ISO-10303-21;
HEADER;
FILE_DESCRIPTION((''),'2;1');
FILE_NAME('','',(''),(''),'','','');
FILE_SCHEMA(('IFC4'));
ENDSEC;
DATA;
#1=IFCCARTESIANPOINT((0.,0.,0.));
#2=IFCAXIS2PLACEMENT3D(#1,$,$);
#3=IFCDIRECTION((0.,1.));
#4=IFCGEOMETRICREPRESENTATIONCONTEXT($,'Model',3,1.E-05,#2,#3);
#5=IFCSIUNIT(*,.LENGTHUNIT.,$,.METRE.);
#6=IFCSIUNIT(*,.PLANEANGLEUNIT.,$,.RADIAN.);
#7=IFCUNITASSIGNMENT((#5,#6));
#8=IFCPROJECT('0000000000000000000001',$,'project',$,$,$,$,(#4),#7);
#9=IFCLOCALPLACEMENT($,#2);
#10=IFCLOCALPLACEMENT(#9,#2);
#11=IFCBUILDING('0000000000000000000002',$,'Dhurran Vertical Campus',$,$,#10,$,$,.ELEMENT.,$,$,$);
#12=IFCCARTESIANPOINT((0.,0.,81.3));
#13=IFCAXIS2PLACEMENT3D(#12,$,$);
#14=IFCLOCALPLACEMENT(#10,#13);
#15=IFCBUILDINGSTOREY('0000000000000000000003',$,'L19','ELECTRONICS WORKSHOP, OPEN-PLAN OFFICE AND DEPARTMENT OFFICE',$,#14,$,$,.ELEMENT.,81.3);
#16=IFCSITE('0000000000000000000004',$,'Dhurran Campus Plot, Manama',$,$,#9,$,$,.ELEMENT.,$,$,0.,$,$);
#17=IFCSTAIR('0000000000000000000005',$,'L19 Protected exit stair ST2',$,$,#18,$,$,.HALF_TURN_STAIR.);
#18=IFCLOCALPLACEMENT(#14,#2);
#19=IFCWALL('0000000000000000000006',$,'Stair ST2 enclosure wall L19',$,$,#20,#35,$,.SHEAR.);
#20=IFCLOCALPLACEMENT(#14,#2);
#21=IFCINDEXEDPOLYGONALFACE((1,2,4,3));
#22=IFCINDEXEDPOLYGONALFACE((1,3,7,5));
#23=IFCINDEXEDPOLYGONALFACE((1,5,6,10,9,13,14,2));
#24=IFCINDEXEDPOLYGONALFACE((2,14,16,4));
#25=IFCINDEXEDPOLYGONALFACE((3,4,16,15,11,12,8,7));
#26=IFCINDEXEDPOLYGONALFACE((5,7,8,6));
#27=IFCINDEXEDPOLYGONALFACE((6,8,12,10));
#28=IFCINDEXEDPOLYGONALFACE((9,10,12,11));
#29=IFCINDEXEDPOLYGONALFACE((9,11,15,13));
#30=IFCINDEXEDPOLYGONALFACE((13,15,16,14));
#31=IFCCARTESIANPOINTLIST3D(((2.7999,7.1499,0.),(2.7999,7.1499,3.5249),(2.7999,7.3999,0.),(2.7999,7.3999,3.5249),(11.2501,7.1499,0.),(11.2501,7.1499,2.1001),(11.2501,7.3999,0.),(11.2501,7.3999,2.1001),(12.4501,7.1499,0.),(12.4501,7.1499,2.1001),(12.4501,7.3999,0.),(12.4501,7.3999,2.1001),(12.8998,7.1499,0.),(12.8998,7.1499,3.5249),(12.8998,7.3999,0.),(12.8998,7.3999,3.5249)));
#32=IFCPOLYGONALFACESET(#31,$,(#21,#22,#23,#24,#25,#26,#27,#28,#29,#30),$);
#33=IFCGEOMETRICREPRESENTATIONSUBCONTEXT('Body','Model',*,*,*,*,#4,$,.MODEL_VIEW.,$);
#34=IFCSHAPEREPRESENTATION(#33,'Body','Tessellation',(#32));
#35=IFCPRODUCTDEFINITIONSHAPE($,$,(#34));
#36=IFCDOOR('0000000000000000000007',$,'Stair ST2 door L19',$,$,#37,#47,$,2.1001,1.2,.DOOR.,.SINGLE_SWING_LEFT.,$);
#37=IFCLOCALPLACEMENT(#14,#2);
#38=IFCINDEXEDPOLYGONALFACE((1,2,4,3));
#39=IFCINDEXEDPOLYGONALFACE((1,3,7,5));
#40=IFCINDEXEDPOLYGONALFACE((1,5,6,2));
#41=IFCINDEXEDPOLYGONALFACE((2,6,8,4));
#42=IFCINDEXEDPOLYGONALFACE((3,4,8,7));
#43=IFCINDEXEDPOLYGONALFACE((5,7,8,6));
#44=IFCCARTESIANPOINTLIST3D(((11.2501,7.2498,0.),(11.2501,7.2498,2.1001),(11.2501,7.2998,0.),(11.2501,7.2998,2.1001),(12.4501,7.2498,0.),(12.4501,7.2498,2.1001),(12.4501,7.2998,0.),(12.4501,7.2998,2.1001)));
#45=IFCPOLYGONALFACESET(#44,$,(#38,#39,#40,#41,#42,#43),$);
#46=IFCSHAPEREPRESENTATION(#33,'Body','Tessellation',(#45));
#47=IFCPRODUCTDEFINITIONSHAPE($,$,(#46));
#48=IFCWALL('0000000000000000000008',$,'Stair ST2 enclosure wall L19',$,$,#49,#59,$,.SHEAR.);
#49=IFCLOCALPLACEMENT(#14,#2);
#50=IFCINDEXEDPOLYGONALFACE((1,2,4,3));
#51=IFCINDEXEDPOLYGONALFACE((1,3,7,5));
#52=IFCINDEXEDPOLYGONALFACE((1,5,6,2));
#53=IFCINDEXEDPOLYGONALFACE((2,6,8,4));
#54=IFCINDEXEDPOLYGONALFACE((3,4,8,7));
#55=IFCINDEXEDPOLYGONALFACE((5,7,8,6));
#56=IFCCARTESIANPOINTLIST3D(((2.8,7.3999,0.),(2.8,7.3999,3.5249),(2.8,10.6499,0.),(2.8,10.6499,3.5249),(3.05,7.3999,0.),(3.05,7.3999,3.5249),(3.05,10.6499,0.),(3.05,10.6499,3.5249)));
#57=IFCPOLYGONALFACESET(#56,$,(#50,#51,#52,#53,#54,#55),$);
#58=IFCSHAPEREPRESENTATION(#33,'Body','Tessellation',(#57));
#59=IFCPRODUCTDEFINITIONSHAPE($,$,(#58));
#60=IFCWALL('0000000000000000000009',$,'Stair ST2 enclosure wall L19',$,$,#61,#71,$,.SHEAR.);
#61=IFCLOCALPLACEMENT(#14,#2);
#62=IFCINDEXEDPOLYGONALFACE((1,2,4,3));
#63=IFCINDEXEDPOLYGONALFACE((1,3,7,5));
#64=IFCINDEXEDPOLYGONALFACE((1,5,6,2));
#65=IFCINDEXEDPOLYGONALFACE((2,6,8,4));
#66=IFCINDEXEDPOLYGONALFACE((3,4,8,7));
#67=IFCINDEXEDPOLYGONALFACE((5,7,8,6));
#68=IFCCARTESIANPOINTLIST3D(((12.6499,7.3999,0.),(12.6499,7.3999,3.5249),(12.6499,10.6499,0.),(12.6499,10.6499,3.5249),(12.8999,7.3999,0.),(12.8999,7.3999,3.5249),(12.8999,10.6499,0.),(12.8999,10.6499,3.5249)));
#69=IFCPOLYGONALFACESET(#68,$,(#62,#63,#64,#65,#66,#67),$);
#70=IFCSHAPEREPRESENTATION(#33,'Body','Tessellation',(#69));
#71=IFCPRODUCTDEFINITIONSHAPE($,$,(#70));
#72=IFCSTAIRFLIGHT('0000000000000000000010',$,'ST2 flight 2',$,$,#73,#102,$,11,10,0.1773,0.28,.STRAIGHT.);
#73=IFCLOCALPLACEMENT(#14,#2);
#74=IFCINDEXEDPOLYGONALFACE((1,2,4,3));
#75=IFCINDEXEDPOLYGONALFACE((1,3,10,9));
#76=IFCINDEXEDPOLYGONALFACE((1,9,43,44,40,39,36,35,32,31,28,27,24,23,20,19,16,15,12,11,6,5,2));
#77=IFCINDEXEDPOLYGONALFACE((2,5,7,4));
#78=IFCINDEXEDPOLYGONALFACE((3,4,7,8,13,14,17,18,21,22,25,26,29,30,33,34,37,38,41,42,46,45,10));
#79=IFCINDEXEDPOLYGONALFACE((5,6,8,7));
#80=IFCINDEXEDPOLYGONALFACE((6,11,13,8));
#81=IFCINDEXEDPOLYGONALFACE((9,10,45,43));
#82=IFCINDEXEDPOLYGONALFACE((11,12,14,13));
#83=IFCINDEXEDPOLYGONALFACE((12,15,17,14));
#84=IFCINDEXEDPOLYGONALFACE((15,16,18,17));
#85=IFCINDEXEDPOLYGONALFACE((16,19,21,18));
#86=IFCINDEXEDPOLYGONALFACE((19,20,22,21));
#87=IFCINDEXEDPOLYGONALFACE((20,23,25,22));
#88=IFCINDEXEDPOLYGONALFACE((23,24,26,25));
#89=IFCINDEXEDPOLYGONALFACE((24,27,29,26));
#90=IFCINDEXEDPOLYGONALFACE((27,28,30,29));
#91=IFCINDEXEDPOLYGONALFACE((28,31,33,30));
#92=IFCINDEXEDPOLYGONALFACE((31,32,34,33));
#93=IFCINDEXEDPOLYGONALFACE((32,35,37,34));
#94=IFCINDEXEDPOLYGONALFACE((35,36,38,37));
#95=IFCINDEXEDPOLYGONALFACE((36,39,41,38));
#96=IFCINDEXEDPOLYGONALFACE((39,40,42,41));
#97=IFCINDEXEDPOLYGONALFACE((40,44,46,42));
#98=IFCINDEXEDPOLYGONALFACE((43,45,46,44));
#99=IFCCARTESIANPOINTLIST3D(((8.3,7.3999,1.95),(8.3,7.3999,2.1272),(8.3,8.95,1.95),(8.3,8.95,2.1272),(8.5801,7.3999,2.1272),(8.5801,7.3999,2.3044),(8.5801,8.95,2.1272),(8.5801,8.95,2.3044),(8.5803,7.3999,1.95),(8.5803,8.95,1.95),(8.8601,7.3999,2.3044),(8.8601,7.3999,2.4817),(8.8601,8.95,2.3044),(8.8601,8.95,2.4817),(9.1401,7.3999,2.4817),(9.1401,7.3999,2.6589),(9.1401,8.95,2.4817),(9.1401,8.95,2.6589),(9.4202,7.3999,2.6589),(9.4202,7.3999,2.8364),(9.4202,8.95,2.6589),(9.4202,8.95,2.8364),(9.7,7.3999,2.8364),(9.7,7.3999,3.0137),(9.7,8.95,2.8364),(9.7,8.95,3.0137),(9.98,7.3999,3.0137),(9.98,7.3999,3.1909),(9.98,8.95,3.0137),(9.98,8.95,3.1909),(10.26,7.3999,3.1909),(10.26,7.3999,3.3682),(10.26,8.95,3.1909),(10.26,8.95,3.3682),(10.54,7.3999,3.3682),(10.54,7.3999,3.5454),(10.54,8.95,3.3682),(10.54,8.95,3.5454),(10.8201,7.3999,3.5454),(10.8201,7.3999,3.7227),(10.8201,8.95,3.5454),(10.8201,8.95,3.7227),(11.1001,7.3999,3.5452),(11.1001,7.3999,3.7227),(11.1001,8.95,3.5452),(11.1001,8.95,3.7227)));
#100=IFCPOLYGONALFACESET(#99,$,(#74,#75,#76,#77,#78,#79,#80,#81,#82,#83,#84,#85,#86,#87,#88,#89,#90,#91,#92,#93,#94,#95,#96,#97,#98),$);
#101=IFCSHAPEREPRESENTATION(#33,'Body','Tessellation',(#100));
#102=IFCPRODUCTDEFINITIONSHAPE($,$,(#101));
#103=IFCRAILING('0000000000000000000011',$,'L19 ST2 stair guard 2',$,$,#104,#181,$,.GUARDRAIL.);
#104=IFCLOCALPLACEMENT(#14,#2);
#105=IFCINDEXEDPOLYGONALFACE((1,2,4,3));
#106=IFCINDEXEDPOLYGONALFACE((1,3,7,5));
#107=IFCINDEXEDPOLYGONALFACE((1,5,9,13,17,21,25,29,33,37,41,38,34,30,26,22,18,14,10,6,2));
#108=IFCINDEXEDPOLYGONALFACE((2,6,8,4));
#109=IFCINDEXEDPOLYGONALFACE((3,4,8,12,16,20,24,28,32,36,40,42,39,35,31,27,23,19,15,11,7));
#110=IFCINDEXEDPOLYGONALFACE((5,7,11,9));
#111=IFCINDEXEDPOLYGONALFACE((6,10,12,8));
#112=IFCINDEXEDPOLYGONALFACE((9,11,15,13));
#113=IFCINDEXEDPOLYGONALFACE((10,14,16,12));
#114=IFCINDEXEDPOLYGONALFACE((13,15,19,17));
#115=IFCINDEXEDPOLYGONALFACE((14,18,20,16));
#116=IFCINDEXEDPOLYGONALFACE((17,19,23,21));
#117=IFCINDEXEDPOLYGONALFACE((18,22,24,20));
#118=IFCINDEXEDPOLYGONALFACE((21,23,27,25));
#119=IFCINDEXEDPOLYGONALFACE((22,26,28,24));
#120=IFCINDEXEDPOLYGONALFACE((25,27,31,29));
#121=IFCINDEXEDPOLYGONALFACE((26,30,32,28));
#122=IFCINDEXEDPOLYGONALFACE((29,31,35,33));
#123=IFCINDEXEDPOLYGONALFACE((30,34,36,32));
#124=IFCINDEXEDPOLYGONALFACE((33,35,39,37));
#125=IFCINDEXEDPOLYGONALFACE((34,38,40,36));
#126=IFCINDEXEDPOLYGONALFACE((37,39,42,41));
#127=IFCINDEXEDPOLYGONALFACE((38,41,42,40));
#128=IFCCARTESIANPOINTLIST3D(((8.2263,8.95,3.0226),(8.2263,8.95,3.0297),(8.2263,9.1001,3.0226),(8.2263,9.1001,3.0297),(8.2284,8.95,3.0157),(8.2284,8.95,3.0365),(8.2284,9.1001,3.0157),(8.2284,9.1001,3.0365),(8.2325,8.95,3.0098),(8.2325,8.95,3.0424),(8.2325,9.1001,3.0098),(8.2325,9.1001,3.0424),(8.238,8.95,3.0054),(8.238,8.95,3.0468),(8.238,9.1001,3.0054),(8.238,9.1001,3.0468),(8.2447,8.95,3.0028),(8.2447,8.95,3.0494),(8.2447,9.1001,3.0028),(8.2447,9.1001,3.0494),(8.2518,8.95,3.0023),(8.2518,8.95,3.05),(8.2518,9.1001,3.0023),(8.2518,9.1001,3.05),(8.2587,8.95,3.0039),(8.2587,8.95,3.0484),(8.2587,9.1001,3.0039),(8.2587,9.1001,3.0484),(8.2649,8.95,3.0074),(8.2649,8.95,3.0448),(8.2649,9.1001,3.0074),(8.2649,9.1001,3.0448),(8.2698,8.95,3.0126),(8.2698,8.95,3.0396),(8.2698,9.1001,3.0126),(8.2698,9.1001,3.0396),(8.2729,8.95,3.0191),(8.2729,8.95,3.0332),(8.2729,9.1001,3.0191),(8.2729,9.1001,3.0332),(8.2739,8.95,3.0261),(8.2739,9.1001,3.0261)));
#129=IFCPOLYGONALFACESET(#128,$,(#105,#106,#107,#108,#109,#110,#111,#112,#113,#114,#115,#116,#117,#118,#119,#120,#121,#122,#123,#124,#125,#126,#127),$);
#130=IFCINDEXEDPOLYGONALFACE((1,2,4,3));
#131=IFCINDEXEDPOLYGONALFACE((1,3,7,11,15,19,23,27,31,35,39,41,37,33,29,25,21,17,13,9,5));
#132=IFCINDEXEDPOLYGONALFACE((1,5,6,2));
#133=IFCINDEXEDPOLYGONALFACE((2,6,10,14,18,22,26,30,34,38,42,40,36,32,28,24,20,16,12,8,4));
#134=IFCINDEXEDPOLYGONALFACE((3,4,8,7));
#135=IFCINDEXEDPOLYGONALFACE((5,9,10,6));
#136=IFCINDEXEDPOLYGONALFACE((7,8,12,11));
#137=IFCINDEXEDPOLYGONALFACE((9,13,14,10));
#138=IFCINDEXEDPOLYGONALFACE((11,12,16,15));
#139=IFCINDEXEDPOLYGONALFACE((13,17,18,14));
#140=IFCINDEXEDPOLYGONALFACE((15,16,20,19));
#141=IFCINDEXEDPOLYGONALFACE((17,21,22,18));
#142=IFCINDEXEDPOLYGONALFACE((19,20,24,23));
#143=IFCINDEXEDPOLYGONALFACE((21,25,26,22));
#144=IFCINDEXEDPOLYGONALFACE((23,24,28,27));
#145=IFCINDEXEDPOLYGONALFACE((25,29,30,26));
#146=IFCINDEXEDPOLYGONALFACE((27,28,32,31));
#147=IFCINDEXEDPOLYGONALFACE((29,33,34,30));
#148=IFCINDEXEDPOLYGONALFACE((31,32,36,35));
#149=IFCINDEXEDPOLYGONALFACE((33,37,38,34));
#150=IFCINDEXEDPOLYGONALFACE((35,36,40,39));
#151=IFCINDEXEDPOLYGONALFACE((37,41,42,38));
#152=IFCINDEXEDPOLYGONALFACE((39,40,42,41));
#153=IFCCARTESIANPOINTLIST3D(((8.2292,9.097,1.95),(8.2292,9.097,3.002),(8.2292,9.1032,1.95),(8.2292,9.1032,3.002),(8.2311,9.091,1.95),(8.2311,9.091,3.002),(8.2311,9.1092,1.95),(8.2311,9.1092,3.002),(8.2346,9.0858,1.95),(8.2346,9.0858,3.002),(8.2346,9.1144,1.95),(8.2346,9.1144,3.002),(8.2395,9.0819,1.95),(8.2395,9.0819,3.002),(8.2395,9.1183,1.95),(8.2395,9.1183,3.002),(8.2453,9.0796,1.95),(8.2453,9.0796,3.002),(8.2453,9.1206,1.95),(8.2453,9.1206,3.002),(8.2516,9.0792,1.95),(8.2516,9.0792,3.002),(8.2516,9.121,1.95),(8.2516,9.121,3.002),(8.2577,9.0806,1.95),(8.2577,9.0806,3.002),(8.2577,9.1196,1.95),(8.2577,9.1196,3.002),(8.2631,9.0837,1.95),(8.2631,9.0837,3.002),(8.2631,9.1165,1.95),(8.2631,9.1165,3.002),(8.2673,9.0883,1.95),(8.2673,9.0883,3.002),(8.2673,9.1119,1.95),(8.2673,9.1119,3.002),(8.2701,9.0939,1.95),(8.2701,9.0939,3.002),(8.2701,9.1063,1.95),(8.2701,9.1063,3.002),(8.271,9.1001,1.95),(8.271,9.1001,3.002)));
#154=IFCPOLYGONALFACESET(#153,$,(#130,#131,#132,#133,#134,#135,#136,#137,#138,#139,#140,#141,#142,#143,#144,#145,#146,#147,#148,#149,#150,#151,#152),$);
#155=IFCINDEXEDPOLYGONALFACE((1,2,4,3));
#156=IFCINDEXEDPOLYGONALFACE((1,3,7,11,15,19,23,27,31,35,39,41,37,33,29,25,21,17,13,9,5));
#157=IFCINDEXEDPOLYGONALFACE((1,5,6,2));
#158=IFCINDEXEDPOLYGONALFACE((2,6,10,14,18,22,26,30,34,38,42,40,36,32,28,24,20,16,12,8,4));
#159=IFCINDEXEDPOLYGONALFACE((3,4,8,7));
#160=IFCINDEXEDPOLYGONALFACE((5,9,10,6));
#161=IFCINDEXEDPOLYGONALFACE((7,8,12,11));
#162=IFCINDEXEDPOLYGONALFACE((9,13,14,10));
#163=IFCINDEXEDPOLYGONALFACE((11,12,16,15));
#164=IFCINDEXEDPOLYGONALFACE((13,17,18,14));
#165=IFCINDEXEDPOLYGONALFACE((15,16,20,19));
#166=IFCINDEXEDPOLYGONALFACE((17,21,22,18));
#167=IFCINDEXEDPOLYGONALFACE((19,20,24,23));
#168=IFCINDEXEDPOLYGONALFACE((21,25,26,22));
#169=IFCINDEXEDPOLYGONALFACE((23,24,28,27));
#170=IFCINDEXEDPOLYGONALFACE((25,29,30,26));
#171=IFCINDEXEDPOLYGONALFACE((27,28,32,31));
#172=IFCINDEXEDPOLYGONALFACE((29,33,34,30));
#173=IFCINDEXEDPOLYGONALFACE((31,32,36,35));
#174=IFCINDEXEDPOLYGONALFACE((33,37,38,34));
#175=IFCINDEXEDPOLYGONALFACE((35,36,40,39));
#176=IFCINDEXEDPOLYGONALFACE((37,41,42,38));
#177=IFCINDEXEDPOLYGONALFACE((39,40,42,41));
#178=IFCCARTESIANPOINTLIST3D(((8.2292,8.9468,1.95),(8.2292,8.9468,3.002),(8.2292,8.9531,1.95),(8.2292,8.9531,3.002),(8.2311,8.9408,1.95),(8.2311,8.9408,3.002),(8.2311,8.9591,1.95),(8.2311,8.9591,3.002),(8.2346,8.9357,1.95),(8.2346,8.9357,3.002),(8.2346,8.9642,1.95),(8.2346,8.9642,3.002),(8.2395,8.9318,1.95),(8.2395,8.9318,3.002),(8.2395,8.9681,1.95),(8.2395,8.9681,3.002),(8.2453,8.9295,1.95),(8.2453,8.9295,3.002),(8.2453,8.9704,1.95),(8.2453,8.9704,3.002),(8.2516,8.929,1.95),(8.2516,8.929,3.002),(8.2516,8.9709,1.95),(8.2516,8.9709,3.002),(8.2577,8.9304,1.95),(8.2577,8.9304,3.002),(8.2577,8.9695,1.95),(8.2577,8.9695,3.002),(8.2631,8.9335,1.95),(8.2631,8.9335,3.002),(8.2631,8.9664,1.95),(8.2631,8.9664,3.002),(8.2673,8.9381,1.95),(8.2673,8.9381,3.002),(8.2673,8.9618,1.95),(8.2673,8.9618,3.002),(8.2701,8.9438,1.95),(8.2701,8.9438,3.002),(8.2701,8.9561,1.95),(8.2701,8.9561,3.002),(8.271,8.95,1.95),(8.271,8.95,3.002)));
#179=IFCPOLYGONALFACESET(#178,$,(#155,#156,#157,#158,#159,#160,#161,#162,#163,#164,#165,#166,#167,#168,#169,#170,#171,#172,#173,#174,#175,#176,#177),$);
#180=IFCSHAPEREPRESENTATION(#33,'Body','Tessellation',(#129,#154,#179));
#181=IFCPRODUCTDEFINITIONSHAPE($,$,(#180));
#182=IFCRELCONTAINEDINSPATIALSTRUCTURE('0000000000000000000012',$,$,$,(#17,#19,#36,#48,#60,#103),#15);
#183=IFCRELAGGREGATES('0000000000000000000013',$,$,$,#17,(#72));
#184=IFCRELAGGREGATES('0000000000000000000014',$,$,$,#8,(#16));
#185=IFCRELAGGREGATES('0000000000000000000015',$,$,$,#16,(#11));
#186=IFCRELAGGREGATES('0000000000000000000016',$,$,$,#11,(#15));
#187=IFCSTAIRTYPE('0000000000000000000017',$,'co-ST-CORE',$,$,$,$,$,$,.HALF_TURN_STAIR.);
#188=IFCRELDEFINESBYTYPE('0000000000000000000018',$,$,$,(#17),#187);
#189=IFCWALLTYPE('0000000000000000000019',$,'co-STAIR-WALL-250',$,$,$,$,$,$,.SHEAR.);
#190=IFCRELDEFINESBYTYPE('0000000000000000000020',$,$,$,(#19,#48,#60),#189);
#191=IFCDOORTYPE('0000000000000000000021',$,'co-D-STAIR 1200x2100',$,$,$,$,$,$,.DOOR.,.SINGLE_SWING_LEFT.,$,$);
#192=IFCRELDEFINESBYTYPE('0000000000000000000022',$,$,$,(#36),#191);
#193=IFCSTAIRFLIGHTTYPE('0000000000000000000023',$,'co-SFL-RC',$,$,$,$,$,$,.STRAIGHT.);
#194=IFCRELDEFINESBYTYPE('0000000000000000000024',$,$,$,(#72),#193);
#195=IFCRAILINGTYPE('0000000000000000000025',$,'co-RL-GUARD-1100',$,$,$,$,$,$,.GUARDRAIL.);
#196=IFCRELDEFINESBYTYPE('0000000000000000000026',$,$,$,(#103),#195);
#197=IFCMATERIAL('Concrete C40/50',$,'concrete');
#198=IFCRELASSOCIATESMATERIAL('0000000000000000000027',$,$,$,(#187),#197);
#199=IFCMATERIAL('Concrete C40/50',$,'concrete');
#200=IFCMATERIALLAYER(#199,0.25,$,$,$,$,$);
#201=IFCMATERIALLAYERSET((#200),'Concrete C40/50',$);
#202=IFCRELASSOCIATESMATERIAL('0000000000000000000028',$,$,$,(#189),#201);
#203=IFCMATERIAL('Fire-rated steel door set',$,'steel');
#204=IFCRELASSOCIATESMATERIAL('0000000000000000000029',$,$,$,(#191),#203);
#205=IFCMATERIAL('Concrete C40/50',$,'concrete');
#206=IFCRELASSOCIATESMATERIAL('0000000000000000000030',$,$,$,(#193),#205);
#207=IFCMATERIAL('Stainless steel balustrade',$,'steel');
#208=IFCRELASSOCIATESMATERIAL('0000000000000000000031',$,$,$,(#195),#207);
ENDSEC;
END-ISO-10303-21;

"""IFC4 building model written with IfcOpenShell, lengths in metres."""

from ifc_helpers import new_model, si_unit, direction, frame, frame_2d, origin, origin_2d, place, context, subcontext, project, spatial, polyline, rectangle, circle, outline, extrude, material, layer, layer_set, type_object, element, fill, aggregate, save


model = new_model("IFC4")

# Units and contexts
model_context = context("Model", 3, precision=1e-05, world=origin(), true_north=direction((0.0, 1.0)))
body_context = subcontext(model_context, "Body", "Model", "MODEL_VIEW")
ifc_project = project(units=[si_unit("LENGTHUNIT", "METRE"), si_unit("PLANEANGLEUNIT", "RADIAN")], contexts=[model_context])

# Site, building, storey
site_placement = place(None, origin())
site = spatial("IfcSite", under=ifc_project, at=site_placement, Name="Dhurran Campus Plot, Manama", CompositionType="ELEMENT", RefElevation=0.0)
building_placement = place(site_placement, origin())
building = spatial("IfcBuilding", under=site, at=building_placement, Name="Dhurran Vertical Campus", CompositionType="ELEMENT")
storey_placement = place(building_placement, frame((0.0, 0.0, 81.3)))
storey = spatial("IfcBuildingStorey", under=building, at=storey_placement, Name="L19", Description="ELECTRONICS WORKSHOP, OPEN-PLAN OFFICE AND DEPARTMENT OFFICE", CompositionType="ELEMENT", Elevation=81.3)

# Stair
ifc_material_1 = material(Name="Concrete C40/50", Category="concrete")
stair_type = type_object("IfcStairType", Name="co-ST-CORE", PredefinedType="HALF_TURN_STAIR", material=ifc_material_1)
stair_1_placement = place(storey_placement, origin())
stair_1 = element("IfcStair", 1, at=stair_1_placement, inside=storey, type_object=stair_type, Name="L19 Protected exit stair ST2", PredefinedType="HALF_TURN_STAIR")

# Wall, opening, door
ifc_material_2 = material(Name="Concrete C40/50", Category="concrete")
ifc_layer_1 = layer(ifc_material_2, 0.25)
ifc_layer_set_1 = layer_set([ifc_layer_1], Name="Concrete C40/50")
wall_type_1 = type_object("IfcWallType", Name="co-STAIR-WALL-250", PredefinedType="SHEAR", material=ifc_layer_set_1)
wall_1_placement = place(storey_placement, frame((2.8, 7.2749, 0.0), z_axis=(0.0, 0.0, 1.0), x_axis=(1.0, 0.0, 0.0)))
wall_1 = element("IfcWall", 2, at=wall_1_placement, inside=storey, type_object=wall_type_1, Name="Stair ST2 enclosure wall L19", PredefinedType="SHEAR", context=body_context, shape_type="SweptSolid", body=[
    extrude(rectangle(XDim=10.0999, YDim=0.25, at=frame_2d((5.0498, 0.0))), origin(), (0.0, 0.0, 1.0), 3.5249),
])
opening_1_placement = place(wall_1_placement, frame((8.45, 0.0, 0.0)))
opening_1 = element("IfcOpeningElement", 3, at=opening_1_placement, cuts=wall_1, PredefinedType="OPENING", context=body_context, shape_type="SweptSolid", body=[
    extrude(rectangle(XDim=1.2, YDim=2.1001, at=frame_2d((0.6001, 1.05))), frame((0.0, 0.135, 0.0), z_axis=(0.0, -1.0, 0.0), x_axis=(1.0, 0.0, 0.0)), (0.0, 0.0, 1.0), 0.27),
])
ifc_material_3 = material(Name="Fire-rated steel door set", Category="steel")
door_type_1 = type_object("IfcDoorType", Name="co-D-STAIR 1200x2100", OperationType="SINGLE_SWING_LEFT", PredefinedType="DOOR", material=ifc_material_3)
door_1_placement = place(opening_1_placement, origin())
door_1 = element("IfcDoor", 4, at=door_1_placement, inside=storey, type_object=door_type_1, Name="Stair ST2 door L19", OperationType="SINGLE_SWING_LEFT", OverallHeight=2.1001, OverallWidth=1.2, PredefinedType="DOOR", context=body_context, shape_type="SweptSolid", body=[
    extrude(rectangle(XDim=1.2, YDim=2.1001, at=frame_2d((0.6001, 1.05))), frame((0.0, 0.0249, 0.0), z_axis=(0.0, -1.0, 0.0), x_axis=(1.0, 0.0, 0.0)), (0.0, 0.0, 1.0), 0.05),
])
fill(opening_1, door_1)

# Walls
for number, where, z_axis, x_axis, name in (
    (5, (2.925, 7.3999, 0.0), (0.0, 0.0, 1.0), (0.0, 1.0, 0.0), "Stair ST2 enclosure wall L19"),
    (6, (12.7749, 7.3999, 0.0), (0.0, 0.0, 1.0), (0.0, 1.0, 0.0), "Stair ST2 enclosure wall L19"),
):
    element("IfcWall", number, at=place(storey_placement, frame(where, z_axis=z_axis, x_axis=x_axis)), inside=storey, type_object=wall_type_1, Name=name, PredefinedType="SHEAR", context=body_context, shape_type="SweptSolid", body=[
        extrude(rectangle(XDim=3.25, YDim=0.25, at=frame_2d((1.625, 0.0))), origin(), (0.0, 0.0, 1.0), 3.5249),
    ])

# Stair flight
ifc_material_4 = material(Name="Concrete C40/50", Category="concrete")
stair_flight_type = type_object("IfcStairFlightType", Name="co-SFL-RC", PredefinedType="STRAIGHT", material=ifc_material_4)
stair_flight_placement = place(storey_placement, frame((8.3, 8.175, 1.95), z_axis=(0.0, 0.0, 1.0), x_axis=(1.0, 0.0, 0.0)))
stair_flight = element("IfcStairFlight", 7, at=stair_flight_placement, type_object=stair_flight_type, Name="ST2 flight 2", NumberOfRisers=11, NumberOfTreads=10, PredefinedType="STRAIGHT", RiserHeight=0.1773, TreadLength=0.28, context=body_context, shape_type="SweptSolid", body=[
    extrude(outline(polyline([(0.0, 0.0), (0.0, 0.1772), (0.28, 0.1772), (0.28, 0.3545), (0.5601, 0.3545), (0.5601, 0.5317), (0.8401, 0.5317), (0.8401, 0.709), (1.1201, 0.709), (1.1201, 0.8865), (1.3999, 0.8865), (1.3999, 1.0637), (1.6799, 1.0637), (1.6799, 1.241), (1.96, 1.241), (1.96, 1.4182), (2.24, 1.4182), (2.24, 1.5955), (2.52, 1.5955), (2.52, 1.7727), (2.8, 1.7727), (2.8, 1.95), (2.8, 1.5952), (0.2803, 0.0), (0.0, 0.0)])), frame((0.0, 0.7749, 0.0), z_axis=(0.0, -1.0, 0.0), x_axis=(1.0, 0.0, 0.0)), (0.0, 0.0, 1.0), 1.55),
])
aggregate(stair_1, [stair_flight])

# Railing
ifc_material_5 = material(Name="Stainless steel balustrade", Category="steel")
railing_type_1 = type_object("IfcRailingType", Name="co-RL-GUARD-1100", PredefinedType="GUARDRAIL", material=ifc_material_5)
railing_1_placement = place(storey_placement, frame((8.25, 9.1001, 1.95)))
element("IfcRailing", 8, at=railing_1_placement, inside=storey, type_object=railing_type_1, Name="L19 ST2 stair guard 2", PredefinedType="GUARDRAIL", context=body_context, shape_type="SweptSolid", body=[
    extrude(circle(Radius=0.0239, at=origin_2d()), frame((0.0, 0.0, 1.0762), z_axis=(0.0, -1.0, 0.0), x_axis=(1.0, 0.0, 0.0)), (0.0, 0.0, 1.0), 0.1501),
    extrude(circle(Radius=0.021, at=origin_2d()), origin(), (0.0, 0.0, 1.0), 1.052),
    extrude(circle(Radius=0.021, at=origin_2d()), frame((0.0, -0.1501, 0.0)), (0.0, 0.0, 1.0), 1.052),
])

save(model, "model.ifc")
